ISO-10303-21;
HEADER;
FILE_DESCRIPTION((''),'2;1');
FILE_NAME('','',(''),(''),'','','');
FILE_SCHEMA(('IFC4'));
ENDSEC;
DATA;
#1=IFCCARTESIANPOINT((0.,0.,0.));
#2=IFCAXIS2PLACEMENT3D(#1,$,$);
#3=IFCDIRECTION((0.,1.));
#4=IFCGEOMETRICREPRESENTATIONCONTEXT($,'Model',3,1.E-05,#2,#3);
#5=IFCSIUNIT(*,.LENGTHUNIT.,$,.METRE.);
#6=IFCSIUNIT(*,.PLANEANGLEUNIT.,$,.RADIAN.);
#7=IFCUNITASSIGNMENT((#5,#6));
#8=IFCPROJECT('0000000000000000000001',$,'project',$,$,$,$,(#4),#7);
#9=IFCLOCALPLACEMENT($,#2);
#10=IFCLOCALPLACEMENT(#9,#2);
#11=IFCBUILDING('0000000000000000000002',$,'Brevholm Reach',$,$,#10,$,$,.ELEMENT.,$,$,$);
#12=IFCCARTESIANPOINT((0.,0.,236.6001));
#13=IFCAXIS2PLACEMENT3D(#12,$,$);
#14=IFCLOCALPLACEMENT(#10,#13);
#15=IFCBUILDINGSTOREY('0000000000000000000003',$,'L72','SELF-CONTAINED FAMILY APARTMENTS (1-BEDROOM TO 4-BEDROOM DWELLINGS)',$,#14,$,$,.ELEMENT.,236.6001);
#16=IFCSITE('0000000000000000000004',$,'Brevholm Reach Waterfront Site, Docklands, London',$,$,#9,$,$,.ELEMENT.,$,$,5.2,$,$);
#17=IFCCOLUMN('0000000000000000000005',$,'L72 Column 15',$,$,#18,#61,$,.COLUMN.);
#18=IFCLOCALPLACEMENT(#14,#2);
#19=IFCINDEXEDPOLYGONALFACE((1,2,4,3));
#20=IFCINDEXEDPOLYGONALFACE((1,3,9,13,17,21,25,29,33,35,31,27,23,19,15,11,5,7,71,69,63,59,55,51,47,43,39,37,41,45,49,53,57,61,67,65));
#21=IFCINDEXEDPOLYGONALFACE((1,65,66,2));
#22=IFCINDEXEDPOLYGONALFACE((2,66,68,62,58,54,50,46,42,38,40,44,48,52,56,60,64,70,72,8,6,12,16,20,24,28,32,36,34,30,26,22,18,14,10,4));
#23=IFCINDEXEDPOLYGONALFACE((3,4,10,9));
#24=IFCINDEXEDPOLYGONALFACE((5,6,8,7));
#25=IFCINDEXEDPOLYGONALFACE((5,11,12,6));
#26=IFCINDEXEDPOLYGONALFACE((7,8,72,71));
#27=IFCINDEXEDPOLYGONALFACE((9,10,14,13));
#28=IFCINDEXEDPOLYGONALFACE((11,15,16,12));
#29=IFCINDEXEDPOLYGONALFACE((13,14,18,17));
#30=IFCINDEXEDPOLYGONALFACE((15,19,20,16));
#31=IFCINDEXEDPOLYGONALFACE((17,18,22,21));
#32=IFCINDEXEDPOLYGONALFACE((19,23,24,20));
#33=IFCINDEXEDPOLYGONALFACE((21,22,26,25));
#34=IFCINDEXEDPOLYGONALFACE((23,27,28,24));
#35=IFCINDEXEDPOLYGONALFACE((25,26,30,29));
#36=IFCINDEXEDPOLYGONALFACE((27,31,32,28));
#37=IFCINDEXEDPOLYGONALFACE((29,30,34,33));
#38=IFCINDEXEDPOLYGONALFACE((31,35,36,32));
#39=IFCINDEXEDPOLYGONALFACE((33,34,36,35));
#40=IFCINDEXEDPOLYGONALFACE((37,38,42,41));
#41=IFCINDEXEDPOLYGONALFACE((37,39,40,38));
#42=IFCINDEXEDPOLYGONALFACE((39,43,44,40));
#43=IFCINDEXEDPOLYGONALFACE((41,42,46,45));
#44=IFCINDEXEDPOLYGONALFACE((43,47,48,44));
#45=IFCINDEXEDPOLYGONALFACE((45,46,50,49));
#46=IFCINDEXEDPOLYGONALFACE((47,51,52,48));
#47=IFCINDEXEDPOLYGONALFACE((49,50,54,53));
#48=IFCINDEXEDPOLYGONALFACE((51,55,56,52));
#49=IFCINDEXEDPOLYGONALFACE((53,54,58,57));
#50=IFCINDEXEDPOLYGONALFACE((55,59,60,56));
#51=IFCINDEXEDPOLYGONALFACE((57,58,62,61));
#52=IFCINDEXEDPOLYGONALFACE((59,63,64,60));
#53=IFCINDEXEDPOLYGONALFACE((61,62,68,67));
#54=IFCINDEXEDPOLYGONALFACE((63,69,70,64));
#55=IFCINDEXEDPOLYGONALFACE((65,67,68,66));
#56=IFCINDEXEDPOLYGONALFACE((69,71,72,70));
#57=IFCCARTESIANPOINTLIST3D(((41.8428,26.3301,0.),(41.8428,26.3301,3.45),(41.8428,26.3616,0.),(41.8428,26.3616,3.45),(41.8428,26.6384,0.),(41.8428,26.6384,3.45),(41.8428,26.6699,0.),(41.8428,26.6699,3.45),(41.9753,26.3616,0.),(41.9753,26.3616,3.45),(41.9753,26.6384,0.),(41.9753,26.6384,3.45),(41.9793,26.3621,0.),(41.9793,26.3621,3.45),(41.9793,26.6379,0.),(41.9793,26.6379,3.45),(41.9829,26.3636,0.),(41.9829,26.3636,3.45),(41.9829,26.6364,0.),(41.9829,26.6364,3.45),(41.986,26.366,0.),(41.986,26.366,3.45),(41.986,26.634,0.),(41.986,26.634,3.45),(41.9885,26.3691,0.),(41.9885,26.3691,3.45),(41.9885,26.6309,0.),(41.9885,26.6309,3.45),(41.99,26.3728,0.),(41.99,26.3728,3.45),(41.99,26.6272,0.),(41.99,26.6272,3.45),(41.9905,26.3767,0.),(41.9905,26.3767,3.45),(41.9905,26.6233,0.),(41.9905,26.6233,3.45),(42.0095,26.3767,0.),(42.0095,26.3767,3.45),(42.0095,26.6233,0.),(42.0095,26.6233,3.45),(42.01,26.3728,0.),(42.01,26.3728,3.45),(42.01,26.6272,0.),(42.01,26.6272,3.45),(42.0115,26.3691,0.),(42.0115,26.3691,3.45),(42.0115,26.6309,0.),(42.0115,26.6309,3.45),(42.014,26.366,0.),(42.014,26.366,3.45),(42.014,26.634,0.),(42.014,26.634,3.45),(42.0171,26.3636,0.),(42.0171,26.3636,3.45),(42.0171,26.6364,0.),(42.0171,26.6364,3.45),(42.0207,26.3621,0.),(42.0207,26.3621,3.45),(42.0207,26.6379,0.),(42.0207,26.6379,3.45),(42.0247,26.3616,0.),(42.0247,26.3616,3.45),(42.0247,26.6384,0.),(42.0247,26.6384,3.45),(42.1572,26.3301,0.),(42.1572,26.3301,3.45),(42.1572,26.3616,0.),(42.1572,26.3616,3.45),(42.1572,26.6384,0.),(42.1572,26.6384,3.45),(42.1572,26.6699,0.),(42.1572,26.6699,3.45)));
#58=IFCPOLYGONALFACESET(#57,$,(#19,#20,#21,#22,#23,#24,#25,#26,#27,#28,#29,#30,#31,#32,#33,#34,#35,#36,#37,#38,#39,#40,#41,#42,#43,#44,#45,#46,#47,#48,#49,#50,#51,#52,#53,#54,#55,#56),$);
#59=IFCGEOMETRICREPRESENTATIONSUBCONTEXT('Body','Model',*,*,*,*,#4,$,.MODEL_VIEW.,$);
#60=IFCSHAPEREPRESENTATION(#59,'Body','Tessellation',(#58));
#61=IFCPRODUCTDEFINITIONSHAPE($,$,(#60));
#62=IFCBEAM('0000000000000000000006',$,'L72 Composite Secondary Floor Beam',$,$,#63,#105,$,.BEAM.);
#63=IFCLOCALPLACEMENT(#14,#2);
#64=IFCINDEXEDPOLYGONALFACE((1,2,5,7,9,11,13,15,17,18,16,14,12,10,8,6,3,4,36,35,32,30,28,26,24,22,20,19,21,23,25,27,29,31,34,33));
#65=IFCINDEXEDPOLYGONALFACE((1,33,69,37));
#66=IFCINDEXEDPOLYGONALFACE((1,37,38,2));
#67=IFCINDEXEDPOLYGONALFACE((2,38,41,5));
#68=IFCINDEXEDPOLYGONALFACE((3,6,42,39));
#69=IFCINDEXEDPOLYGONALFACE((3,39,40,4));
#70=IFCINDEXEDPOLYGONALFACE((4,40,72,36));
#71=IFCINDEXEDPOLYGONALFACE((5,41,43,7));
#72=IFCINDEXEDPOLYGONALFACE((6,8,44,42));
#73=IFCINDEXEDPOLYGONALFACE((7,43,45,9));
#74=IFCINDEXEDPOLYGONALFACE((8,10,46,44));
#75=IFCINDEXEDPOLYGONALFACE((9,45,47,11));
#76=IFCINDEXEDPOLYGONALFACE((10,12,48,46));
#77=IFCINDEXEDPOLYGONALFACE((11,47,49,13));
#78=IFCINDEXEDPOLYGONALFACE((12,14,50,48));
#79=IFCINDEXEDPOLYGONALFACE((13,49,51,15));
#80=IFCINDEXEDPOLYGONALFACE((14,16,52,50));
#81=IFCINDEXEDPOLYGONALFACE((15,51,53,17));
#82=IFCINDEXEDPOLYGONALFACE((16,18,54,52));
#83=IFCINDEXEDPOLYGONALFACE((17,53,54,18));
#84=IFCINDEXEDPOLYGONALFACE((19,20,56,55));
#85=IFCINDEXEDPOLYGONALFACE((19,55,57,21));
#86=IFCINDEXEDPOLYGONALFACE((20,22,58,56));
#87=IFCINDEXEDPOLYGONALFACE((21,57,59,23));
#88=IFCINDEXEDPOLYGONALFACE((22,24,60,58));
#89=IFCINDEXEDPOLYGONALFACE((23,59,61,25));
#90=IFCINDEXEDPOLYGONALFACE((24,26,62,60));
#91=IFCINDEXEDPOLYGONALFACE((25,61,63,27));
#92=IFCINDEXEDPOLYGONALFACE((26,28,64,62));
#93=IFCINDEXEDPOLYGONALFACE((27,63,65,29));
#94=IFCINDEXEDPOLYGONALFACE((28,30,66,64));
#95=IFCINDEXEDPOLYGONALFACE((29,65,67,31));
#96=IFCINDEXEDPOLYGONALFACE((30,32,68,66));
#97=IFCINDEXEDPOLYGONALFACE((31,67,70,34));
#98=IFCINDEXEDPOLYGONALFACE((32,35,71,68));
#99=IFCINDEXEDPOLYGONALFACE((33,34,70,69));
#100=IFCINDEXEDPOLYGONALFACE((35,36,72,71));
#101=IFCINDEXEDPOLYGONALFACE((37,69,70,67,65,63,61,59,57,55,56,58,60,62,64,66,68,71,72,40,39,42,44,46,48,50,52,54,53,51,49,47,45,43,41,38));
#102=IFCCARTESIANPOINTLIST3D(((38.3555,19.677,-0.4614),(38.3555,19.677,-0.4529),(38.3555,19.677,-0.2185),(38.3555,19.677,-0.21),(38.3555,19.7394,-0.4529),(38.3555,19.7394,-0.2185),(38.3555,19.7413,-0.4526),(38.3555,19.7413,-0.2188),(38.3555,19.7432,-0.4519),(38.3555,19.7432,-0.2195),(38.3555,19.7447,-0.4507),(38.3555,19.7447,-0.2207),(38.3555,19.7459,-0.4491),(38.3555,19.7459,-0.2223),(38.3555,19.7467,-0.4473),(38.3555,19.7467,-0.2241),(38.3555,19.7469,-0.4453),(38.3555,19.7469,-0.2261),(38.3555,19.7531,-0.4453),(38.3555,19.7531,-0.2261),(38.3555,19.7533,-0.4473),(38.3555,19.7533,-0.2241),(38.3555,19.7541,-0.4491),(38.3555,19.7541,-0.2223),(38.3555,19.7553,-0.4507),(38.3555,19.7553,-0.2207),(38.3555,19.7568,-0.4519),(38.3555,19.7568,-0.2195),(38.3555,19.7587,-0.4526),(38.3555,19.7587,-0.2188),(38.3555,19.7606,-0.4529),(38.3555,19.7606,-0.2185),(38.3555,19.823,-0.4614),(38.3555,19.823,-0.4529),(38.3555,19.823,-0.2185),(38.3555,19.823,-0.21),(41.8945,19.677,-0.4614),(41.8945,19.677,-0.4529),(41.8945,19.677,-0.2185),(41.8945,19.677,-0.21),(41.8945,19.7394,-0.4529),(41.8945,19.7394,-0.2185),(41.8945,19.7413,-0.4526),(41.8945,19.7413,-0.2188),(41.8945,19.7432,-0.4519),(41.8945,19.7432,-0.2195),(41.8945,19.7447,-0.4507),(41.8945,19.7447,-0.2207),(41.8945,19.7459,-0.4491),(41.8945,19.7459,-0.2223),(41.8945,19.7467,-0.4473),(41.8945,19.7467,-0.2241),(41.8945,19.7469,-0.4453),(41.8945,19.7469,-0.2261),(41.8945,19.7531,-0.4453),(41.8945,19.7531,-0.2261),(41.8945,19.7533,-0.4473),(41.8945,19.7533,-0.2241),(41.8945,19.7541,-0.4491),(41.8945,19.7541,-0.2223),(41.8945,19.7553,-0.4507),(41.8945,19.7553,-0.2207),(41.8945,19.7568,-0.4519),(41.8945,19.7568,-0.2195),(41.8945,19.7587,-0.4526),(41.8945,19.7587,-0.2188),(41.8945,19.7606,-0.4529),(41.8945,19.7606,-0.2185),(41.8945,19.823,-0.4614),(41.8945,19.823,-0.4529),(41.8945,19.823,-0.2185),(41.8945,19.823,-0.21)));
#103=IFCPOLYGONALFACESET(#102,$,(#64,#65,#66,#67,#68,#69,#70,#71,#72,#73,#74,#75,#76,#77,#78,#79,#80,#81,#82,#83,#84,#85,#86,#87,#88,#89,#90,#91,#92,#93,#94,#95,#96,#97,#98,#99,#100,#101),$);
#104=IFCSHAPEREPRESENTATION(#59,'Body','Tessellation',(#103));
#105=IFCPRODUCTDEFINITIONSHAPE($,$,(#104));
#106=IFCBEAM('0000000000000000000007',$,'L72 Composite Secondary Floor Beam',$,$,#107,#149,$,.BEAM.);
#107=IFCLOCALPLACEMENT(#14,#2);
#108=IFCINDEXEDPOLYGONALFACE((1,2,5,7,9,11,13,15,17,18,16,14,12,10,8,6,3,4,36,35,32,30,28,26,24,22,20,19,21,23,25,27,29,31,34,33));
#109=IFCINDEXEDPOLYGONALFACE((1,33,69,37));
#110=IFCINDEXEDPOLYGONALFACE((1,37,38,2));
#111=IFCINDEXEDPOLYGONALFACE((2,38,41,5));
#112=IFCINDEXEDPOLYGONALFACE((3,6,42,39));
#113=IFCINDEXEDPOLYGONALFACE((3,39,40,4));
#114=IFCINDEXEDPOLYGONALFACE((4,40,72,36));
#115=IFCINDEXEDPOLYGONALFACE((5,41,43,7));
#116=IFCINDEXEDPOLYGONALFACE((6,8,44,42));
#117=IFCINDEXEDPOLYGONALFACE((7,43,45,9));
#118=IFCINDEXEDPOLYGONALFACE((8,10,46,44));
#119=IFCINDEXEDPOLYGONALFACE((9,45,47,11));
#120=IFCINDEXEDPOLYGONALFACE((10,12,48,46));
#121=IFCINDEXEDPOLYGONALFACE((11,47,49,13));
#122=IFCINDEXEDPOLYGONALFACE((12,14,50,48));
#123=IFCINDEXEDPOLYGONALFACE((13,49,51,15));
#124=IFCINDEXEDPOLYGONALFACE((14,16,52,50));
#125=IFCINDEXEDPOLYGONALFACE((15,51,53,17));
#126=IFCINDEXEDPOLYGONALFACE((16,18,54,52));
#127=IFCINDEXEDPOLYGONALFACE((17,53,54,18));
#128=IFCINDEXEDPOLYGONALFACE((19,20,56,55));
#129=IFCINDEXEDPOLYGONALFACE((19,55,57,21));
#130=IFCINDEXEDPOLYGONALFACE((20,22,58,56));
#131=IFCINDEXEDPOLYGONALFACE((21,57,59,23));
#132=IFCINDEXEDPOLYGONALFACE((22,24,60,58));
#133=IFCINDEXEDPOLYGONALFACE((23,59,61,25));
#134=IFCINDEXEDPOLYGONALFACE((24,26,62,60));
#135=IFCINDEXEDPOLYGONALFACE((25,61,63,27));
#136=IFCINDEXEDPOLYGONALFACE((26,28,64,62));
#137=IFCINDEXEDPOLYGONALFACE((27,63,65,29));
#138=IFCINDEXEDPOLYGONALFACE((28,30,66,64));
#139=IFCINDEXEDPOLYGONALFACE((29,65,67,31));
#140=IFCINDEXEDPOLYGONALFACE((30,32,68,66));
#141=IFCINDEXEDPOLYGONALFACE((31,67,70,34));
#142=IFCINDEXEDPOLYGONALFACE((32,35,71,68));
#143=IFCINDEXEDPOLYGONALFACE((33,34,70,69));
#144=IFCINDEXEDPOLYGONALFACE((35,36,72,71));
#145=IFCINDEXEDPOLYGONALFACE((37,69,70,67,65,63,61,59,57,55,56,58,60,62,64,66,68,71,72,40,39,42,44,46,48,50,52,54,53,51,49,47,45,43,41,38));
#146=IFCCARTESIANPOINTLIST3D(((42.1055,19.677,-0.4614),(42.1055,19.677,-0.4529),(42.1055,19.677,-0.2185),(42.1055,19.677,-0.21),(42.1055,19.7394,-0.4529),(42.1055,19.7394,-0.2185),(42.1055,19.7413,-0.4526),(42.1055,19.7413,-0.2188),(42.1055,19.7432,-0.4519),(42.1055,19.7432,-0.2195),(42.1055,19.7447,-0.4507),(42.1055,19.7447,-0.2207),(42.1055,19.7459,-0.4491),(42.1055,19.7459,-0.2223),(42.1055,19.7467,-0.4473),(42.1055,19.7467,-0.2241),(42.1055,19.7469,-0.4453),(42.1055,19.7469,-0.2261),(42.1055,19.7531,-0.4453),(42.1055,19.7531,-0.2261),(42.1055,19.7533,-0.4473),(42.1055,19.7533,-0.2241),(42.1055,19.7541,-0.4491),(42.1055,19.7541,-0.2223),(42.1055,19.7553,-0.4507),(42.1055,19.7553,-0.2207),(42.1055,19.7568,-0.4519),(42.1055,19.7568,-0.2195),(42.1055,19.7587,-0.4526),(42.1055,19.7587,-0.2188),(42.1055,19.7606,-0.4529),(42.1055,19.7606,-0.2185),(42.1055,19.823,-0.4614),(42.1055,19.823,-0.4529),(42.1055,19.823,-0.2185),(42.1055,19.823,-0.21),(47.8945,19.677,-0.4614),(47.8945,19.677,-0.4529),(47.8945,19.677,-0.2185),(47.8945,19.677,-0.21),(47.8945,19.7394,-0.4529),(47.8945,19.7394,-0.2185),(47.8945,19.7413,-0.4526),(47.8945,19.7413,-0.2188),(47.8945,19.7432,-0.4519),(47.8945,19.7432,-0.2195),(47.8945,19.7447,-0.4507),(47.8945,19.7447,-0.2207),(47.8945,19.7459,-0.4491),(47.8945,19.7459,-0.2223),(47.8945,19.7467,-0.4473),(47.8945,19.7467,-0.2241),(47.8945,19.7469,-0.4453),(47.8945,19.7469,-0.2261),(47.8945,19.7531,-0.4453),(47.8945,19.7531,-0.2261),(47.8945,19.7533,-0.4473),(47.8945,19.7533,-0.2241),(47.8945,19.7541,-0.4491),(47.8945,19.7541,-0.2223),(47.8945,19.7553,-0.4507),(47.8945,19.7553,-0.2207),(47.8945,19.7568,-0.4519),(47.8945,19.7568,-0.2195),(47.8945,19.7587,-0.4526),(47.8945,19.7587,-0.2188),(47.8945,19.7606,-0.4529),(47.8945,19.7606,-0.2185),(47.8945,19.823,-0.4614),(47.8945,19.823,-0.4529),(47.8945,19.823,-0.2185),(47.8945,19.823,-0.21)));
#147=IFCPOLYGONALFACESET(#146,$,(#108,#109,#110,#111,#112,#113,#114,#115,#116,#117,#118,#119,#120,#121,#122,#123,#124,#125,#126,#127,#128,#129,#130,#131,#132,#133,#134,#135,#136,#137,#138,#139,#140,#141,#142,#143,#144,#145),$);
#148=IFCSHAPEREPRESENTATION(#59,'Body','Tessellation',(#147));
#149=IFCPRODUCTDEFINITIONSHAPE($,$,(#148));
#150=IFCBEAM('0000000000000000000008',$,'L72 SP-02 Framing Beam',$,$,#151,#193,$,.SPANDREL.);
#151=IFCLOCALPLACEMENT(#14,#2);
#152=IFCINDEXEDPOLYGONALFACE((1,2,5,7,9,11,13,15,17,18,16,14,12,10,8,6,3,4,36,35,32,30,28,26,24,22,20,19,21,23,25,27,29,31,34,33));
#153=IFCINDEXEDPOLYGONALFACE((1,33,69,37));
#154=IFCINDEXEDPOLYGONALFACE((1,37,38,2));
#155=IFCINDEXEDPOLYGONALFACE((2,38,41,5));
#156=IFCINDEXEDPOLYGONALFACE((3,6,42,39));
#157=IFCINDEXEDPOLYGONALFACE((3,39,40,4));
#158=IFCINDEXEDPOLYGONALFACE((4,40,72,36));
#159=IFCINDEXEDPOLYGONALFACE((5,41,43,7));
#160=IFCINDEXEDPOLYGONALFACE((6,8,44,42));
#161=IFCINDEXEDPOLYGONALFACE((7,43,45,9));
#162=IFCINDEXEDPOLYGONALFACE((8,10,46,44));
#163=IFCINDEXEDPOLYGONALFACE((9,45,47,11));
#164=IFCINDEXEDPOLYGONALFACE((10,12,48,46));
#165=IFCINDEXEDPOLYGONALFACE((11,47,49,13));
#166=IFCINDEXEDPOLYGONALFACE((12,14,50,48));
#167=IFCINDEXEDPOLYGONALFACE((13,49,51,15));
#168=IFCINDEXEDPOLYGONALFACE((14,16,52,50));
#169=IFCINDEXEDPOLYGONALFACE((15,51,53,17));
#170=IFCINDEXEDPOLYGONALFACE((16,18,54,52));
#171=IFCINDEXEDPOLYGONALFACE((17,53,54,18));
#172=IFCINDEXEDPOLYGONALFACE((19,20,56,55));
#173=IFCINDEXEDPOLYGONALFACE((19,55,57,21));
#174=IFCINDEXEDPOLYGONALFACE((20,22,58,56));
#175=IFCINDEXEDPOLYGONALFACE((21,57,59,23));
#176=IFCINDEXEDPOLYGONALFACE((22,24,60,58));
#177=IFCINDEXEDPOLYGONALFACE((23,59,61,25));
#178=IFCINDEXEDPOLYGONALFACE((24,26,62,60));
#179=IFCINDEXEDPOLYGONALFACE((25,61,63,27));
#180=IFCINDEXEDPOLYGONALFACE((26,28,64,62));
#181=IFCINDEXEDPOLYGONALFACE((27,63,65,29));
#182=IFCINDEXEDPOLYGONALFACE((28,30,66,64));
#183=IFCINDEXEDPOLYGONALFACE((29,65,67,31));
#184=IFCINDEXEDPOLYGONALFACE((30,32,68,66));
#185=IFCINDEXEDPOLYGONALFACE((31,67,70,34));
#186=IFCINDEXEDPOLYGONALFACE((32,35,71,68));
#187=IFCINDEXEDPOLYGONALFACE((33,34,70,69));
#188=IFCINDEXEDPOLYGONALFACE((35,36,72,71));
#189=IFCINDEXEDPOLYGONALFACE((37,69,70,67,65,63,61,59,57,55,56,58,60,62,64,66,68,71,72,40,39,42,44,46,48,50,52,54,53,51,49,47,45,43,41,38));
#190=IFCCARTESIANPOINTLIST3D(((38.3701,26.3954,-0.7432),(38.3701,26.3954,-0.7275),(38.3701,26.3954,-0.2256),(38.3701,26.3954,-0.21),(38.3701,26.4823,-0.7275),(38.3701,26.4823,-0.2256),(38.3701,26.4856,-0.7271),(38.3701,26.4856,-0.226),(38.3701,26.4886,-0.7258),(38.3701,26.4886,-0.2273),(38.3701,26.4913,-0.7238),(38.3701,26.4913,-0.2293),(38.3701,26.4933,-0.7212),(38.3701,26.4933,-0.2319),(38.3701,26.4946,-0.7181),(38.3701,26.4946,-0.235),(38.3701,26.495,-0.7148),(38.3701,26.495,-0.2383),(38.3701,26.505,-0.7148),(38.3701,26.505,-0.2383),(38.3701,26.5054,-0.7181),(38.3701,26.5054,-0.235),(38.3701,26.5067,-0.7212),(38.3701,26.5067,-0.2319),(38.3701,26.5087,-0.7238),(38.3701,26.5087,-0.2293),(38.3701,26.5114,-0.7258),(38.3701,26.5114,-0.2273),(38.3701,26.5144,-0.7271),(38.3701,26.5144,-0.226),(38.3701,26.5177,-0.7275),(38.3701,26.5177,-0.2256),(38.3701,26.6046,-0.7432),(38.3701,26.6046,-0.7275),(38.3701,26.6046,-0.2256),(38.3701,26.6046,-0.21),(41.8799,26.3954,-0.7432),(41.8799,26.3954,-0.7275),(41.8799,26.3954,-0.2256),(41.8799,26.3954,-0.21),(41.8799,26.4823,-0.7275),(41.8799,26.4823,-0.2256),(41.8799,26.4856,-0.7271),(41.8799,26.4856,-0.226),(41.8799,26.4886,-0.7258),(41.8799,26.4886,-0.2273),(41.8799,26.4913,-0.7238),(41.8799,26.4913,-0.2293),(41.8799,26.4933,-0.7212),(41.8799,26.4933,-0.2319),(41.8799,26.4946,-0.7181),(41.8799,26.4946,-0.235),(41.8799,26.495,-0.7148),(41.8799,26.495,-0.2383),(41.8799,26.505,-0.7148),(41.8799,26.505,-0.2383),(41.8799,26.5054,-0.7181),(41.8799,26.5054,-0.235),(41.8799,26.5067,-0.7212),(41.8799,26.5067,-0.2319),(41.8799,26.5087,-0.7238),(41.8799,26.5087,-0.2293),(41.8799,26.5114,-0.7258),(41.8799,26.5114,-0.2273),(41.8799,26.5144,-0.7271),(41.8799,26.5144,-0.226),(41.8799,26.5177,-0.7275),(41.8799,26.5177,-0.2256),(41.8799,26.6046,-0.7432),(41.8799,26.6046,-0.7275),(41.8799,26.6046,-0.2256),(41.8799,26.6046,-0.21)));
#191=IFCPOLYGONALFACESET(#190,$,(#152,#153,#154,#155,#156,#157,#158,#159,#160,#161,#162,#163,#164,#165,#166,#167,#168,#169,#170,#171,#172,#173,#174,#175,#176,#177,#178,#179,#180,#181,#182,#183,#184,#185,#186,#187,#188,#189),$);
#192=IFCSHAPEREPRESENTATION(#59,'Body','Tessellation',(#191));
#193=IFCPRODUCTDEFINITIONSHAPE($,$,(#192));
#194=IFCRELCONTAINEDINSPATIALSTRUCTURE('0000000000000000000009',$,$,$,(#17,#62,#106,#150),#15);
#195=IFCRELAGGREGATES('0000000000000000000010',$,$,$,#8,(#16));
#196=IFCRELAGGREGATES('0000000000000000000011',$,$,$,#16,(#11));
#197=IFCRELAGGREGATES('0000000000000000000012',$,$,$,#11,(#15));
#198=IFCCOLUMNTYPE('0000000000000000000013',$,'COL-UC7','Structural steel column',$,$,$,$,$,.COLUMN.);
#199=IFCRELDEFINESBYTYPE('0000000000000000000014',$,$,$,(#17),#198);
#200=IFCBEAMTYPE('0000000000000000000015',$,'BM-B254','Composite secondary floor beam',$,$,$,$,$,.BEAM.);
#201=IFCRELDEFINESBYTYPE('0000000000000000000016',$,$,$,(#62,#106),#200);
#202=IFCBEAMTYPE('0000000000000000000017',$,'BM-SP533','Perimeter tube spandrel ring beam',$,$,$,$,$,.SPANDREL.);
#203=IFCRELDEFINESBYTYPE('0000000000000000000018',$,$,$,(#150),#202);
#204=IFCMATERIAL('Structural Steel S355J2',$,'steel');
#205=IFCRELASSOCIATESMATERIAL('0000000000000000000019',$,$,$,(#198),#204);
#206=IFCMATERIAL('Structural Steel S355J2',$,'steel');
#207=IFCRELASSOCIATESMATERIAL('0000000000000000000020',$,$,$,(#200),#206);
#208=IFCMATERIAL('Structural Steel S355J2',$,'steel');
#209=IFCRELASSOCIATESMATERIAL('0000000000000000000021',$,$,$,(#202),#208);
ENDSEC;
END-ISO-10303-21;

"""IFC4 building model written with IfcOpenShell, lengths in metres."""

from ifc_helpers import new_model, si_unit, direction, frame, origin, origin_2d, place, context, subcontext, project, spatial, i_section, extrude, material, material_profile, profile_set, type_object, element, save


model = new_model("IFC4")

# Units and contexts
model_context = context("Model", 3, precision=1e-05, world=origin(), true_north=direction((0.0, 1.0)))
body_context = subcontext(model_context, "Body", "Model", "MODEL_VIEW")
ifc_project = project(units=[si_unit("LENGTHUNIT", "METRE"), si_unit("PLANEANGLEUNIT", "RADIAN")], contexts=[model_context])

# Site, building, storey
site_placement = place(None, origin())
site = spatial("IfcSite", under=ifc_project, at=site_placement, Name="Brevholm Reach Waterfront Site, Docklands, London", CompositionType="ELEMENT", RefElevation=5.2)
building_placement = place(site_placement, origin())
building = spatial("IfcBuilding", under=site, at=building_placement, Name="Brevholm Reach", CompositionType="ELEMENT")
storey_placement = place(building_placement, frame((0.0, 0.0, 236.6001)))
storey = spatial("IfcBuildingStorey", under=building, at=storey_placement, Name="L72", Description="SELF-CONTAINED FAMILY APARTMENTS (1-BEDROOM TO 4-BEDROOM DWELLINGS)", CompositionType="ELEMENT", Elevation=236.6001)

# Column
ifc_material_1 = material(Name="Structural Steel S355J2", Category="steel")
ifc_material_profile_1 = material_profile(ifc_material_1, i_section(OverallWidth=0.3145, OverallDepth=0.3398, WebThickness=0.019, FlangeThickness=0.0315, FilletRadius=0.0151, at=origin_2d()), Name="UKC 305x305x198")
ifc_profile_set_1 = profile_set([ifc_material_profile_1], Name="Structural Steel S355J2")
column_type = type_object("IfcColumnType", Name="COL-UC7", Description="Structural steel column", PredefinedType="COLUMN", material=ifc_profile_set_1)
for number, where, z_axis, x_axis, name in (
    (1, (42.0, 26.5, 0.0), (0.0, 0.0, 1.0), (1.0, 0.0, 0.0), "L72 Column 15"),
):
    element("IfcColumn", number, at=place(storey_placement, frame(where, z_axis=z_axis, x_axis=x_axis)), inside=storey, type_object=column_type, Name=name, PredefinedType="COLUMN", context=body_context, shape_type="SweptSolid", body=[
        extrude(i_section(OverallWidth=0.3145, OverallDepth=0.3398, WebThickness=0.019, FlangeThickness=0.0315, FilletRadius=0.0151, at=origin_2d()), origin(), (0.0, 0.0, 1.0), 3.45),
    ])

# Beams
ifc_material_2 = material(Name="Structural Steel S355J2", Category="steel")
ifc_material_profile_2 = material_profile(ifc_material_2, i_section(OverallWidth=0.146, OverallDepth=0.2515, WebThickness=0.0061, FlangeThickness=0.0085, FilletRadius=0.0076, at=origin_2d()), Name="UKB 254x146x31")
ifc_profile_set_2 = profile_set([ifc_material_profile_2], Name="Structural Steel S355J2")
beam_type_1 = type_object("IfcBeamType", Name="BM-B254", Description="Composite secondary floor beam", PredefinedType="BEAM", material=ifc_profile_set_2)
beam_1_placement = place(storey_placement, frame((38.3555, 19.75, -0.3357), z_axis=(1.0, 0.0, 0.0), x_axis=(0.0, 1.0, 0.0)))
element("IfcBeam", 2, at=beam_1_placement, inside=storey, type_object=beam_type_1, Name="L72 Composite Secondary Floor Beam", PredefinedType="BEAM", context=body_context, shape_type="SweptSolid", body=[
    extrude(i_section(OverallWidth=0.146, OverallDepth=0.2515, WebThickness=0.0061, FlangeThickness=0.0085, FilletRadius=0.0076, at=origin_2d()), origin(), (0.0, 0.0, 1.0), 3.5391),
])
beam_2_placement = place(storey_placement, frame((42.1055, 19.75, -0.3357), z_axis=(1.0, 0.0, 0.0), x_axis=(0.0, 1.0, 0.0)))
element("IfcBeam", 3, at=beam_2_placement, inside=storey, type_object=beam_type_1, Name="L72 Composite Secondary Floor Beam", PredefinedType="BEAM", context=body_context, shape_type="SweptSolid", body=[
    extrude(i_section(OverallWidth=0.146, OverallDepth=0.2515, WebThickness=0.0061, FlangeThickness=0.0085, FilletRadius=0.0076, at=origin_2d()), origin(), (0.0, 0.0, 1.0), 5.7891),
])
ifc_material_3 = material(Name="Structural Steel S355J2", Category="steel")
ifc_material_profile_3 = material_profile(ifc_material_3, i_section(OverallWidth=0.2092, OverallDepth=0.5332, WebThickness=0.01, FlangeThickness=0.0156, FilletRadius=0.0127, at=origin_2d()), Name="UKB 533x210x92")
ifc_profile_set_3 = profile_set([ifc_material_profile_3], Name="Structural Steel S355J2")
beam_type_2 = type_object("IfcBeamType", Name="BM-SP533", Description="Perimeter tube spandrel ring beam", PredefinedType="SPANDREL", material=ifc_profile_set_3)
beam_3_placement = place(storey_placement, frame((38.3701, 26.5, -0.4766), z_axis=(1.0, 0.0, 0.0), x_axis=(0.0, 1.0, 0.0)))
element("IfcBeam", 4, at=beam_3_placement, inside=storey, type_object=beam_type_2, Name="L72 SP-02 Framing Beam", PredefinedType="SPANDREL", context=body_context, shape_type="SweptSolid", body=[
    extrude(i_section(OverallWidth=0.2092, OverallDepth=0.5332, WebThickness=0.01, FlangeThickness=0.0156, FilletRadius=0.0127, at=origin_2d()), origin(), (0.0, 0.0, 1.0), 3.5098),
])

save(model, "model.ifc")
